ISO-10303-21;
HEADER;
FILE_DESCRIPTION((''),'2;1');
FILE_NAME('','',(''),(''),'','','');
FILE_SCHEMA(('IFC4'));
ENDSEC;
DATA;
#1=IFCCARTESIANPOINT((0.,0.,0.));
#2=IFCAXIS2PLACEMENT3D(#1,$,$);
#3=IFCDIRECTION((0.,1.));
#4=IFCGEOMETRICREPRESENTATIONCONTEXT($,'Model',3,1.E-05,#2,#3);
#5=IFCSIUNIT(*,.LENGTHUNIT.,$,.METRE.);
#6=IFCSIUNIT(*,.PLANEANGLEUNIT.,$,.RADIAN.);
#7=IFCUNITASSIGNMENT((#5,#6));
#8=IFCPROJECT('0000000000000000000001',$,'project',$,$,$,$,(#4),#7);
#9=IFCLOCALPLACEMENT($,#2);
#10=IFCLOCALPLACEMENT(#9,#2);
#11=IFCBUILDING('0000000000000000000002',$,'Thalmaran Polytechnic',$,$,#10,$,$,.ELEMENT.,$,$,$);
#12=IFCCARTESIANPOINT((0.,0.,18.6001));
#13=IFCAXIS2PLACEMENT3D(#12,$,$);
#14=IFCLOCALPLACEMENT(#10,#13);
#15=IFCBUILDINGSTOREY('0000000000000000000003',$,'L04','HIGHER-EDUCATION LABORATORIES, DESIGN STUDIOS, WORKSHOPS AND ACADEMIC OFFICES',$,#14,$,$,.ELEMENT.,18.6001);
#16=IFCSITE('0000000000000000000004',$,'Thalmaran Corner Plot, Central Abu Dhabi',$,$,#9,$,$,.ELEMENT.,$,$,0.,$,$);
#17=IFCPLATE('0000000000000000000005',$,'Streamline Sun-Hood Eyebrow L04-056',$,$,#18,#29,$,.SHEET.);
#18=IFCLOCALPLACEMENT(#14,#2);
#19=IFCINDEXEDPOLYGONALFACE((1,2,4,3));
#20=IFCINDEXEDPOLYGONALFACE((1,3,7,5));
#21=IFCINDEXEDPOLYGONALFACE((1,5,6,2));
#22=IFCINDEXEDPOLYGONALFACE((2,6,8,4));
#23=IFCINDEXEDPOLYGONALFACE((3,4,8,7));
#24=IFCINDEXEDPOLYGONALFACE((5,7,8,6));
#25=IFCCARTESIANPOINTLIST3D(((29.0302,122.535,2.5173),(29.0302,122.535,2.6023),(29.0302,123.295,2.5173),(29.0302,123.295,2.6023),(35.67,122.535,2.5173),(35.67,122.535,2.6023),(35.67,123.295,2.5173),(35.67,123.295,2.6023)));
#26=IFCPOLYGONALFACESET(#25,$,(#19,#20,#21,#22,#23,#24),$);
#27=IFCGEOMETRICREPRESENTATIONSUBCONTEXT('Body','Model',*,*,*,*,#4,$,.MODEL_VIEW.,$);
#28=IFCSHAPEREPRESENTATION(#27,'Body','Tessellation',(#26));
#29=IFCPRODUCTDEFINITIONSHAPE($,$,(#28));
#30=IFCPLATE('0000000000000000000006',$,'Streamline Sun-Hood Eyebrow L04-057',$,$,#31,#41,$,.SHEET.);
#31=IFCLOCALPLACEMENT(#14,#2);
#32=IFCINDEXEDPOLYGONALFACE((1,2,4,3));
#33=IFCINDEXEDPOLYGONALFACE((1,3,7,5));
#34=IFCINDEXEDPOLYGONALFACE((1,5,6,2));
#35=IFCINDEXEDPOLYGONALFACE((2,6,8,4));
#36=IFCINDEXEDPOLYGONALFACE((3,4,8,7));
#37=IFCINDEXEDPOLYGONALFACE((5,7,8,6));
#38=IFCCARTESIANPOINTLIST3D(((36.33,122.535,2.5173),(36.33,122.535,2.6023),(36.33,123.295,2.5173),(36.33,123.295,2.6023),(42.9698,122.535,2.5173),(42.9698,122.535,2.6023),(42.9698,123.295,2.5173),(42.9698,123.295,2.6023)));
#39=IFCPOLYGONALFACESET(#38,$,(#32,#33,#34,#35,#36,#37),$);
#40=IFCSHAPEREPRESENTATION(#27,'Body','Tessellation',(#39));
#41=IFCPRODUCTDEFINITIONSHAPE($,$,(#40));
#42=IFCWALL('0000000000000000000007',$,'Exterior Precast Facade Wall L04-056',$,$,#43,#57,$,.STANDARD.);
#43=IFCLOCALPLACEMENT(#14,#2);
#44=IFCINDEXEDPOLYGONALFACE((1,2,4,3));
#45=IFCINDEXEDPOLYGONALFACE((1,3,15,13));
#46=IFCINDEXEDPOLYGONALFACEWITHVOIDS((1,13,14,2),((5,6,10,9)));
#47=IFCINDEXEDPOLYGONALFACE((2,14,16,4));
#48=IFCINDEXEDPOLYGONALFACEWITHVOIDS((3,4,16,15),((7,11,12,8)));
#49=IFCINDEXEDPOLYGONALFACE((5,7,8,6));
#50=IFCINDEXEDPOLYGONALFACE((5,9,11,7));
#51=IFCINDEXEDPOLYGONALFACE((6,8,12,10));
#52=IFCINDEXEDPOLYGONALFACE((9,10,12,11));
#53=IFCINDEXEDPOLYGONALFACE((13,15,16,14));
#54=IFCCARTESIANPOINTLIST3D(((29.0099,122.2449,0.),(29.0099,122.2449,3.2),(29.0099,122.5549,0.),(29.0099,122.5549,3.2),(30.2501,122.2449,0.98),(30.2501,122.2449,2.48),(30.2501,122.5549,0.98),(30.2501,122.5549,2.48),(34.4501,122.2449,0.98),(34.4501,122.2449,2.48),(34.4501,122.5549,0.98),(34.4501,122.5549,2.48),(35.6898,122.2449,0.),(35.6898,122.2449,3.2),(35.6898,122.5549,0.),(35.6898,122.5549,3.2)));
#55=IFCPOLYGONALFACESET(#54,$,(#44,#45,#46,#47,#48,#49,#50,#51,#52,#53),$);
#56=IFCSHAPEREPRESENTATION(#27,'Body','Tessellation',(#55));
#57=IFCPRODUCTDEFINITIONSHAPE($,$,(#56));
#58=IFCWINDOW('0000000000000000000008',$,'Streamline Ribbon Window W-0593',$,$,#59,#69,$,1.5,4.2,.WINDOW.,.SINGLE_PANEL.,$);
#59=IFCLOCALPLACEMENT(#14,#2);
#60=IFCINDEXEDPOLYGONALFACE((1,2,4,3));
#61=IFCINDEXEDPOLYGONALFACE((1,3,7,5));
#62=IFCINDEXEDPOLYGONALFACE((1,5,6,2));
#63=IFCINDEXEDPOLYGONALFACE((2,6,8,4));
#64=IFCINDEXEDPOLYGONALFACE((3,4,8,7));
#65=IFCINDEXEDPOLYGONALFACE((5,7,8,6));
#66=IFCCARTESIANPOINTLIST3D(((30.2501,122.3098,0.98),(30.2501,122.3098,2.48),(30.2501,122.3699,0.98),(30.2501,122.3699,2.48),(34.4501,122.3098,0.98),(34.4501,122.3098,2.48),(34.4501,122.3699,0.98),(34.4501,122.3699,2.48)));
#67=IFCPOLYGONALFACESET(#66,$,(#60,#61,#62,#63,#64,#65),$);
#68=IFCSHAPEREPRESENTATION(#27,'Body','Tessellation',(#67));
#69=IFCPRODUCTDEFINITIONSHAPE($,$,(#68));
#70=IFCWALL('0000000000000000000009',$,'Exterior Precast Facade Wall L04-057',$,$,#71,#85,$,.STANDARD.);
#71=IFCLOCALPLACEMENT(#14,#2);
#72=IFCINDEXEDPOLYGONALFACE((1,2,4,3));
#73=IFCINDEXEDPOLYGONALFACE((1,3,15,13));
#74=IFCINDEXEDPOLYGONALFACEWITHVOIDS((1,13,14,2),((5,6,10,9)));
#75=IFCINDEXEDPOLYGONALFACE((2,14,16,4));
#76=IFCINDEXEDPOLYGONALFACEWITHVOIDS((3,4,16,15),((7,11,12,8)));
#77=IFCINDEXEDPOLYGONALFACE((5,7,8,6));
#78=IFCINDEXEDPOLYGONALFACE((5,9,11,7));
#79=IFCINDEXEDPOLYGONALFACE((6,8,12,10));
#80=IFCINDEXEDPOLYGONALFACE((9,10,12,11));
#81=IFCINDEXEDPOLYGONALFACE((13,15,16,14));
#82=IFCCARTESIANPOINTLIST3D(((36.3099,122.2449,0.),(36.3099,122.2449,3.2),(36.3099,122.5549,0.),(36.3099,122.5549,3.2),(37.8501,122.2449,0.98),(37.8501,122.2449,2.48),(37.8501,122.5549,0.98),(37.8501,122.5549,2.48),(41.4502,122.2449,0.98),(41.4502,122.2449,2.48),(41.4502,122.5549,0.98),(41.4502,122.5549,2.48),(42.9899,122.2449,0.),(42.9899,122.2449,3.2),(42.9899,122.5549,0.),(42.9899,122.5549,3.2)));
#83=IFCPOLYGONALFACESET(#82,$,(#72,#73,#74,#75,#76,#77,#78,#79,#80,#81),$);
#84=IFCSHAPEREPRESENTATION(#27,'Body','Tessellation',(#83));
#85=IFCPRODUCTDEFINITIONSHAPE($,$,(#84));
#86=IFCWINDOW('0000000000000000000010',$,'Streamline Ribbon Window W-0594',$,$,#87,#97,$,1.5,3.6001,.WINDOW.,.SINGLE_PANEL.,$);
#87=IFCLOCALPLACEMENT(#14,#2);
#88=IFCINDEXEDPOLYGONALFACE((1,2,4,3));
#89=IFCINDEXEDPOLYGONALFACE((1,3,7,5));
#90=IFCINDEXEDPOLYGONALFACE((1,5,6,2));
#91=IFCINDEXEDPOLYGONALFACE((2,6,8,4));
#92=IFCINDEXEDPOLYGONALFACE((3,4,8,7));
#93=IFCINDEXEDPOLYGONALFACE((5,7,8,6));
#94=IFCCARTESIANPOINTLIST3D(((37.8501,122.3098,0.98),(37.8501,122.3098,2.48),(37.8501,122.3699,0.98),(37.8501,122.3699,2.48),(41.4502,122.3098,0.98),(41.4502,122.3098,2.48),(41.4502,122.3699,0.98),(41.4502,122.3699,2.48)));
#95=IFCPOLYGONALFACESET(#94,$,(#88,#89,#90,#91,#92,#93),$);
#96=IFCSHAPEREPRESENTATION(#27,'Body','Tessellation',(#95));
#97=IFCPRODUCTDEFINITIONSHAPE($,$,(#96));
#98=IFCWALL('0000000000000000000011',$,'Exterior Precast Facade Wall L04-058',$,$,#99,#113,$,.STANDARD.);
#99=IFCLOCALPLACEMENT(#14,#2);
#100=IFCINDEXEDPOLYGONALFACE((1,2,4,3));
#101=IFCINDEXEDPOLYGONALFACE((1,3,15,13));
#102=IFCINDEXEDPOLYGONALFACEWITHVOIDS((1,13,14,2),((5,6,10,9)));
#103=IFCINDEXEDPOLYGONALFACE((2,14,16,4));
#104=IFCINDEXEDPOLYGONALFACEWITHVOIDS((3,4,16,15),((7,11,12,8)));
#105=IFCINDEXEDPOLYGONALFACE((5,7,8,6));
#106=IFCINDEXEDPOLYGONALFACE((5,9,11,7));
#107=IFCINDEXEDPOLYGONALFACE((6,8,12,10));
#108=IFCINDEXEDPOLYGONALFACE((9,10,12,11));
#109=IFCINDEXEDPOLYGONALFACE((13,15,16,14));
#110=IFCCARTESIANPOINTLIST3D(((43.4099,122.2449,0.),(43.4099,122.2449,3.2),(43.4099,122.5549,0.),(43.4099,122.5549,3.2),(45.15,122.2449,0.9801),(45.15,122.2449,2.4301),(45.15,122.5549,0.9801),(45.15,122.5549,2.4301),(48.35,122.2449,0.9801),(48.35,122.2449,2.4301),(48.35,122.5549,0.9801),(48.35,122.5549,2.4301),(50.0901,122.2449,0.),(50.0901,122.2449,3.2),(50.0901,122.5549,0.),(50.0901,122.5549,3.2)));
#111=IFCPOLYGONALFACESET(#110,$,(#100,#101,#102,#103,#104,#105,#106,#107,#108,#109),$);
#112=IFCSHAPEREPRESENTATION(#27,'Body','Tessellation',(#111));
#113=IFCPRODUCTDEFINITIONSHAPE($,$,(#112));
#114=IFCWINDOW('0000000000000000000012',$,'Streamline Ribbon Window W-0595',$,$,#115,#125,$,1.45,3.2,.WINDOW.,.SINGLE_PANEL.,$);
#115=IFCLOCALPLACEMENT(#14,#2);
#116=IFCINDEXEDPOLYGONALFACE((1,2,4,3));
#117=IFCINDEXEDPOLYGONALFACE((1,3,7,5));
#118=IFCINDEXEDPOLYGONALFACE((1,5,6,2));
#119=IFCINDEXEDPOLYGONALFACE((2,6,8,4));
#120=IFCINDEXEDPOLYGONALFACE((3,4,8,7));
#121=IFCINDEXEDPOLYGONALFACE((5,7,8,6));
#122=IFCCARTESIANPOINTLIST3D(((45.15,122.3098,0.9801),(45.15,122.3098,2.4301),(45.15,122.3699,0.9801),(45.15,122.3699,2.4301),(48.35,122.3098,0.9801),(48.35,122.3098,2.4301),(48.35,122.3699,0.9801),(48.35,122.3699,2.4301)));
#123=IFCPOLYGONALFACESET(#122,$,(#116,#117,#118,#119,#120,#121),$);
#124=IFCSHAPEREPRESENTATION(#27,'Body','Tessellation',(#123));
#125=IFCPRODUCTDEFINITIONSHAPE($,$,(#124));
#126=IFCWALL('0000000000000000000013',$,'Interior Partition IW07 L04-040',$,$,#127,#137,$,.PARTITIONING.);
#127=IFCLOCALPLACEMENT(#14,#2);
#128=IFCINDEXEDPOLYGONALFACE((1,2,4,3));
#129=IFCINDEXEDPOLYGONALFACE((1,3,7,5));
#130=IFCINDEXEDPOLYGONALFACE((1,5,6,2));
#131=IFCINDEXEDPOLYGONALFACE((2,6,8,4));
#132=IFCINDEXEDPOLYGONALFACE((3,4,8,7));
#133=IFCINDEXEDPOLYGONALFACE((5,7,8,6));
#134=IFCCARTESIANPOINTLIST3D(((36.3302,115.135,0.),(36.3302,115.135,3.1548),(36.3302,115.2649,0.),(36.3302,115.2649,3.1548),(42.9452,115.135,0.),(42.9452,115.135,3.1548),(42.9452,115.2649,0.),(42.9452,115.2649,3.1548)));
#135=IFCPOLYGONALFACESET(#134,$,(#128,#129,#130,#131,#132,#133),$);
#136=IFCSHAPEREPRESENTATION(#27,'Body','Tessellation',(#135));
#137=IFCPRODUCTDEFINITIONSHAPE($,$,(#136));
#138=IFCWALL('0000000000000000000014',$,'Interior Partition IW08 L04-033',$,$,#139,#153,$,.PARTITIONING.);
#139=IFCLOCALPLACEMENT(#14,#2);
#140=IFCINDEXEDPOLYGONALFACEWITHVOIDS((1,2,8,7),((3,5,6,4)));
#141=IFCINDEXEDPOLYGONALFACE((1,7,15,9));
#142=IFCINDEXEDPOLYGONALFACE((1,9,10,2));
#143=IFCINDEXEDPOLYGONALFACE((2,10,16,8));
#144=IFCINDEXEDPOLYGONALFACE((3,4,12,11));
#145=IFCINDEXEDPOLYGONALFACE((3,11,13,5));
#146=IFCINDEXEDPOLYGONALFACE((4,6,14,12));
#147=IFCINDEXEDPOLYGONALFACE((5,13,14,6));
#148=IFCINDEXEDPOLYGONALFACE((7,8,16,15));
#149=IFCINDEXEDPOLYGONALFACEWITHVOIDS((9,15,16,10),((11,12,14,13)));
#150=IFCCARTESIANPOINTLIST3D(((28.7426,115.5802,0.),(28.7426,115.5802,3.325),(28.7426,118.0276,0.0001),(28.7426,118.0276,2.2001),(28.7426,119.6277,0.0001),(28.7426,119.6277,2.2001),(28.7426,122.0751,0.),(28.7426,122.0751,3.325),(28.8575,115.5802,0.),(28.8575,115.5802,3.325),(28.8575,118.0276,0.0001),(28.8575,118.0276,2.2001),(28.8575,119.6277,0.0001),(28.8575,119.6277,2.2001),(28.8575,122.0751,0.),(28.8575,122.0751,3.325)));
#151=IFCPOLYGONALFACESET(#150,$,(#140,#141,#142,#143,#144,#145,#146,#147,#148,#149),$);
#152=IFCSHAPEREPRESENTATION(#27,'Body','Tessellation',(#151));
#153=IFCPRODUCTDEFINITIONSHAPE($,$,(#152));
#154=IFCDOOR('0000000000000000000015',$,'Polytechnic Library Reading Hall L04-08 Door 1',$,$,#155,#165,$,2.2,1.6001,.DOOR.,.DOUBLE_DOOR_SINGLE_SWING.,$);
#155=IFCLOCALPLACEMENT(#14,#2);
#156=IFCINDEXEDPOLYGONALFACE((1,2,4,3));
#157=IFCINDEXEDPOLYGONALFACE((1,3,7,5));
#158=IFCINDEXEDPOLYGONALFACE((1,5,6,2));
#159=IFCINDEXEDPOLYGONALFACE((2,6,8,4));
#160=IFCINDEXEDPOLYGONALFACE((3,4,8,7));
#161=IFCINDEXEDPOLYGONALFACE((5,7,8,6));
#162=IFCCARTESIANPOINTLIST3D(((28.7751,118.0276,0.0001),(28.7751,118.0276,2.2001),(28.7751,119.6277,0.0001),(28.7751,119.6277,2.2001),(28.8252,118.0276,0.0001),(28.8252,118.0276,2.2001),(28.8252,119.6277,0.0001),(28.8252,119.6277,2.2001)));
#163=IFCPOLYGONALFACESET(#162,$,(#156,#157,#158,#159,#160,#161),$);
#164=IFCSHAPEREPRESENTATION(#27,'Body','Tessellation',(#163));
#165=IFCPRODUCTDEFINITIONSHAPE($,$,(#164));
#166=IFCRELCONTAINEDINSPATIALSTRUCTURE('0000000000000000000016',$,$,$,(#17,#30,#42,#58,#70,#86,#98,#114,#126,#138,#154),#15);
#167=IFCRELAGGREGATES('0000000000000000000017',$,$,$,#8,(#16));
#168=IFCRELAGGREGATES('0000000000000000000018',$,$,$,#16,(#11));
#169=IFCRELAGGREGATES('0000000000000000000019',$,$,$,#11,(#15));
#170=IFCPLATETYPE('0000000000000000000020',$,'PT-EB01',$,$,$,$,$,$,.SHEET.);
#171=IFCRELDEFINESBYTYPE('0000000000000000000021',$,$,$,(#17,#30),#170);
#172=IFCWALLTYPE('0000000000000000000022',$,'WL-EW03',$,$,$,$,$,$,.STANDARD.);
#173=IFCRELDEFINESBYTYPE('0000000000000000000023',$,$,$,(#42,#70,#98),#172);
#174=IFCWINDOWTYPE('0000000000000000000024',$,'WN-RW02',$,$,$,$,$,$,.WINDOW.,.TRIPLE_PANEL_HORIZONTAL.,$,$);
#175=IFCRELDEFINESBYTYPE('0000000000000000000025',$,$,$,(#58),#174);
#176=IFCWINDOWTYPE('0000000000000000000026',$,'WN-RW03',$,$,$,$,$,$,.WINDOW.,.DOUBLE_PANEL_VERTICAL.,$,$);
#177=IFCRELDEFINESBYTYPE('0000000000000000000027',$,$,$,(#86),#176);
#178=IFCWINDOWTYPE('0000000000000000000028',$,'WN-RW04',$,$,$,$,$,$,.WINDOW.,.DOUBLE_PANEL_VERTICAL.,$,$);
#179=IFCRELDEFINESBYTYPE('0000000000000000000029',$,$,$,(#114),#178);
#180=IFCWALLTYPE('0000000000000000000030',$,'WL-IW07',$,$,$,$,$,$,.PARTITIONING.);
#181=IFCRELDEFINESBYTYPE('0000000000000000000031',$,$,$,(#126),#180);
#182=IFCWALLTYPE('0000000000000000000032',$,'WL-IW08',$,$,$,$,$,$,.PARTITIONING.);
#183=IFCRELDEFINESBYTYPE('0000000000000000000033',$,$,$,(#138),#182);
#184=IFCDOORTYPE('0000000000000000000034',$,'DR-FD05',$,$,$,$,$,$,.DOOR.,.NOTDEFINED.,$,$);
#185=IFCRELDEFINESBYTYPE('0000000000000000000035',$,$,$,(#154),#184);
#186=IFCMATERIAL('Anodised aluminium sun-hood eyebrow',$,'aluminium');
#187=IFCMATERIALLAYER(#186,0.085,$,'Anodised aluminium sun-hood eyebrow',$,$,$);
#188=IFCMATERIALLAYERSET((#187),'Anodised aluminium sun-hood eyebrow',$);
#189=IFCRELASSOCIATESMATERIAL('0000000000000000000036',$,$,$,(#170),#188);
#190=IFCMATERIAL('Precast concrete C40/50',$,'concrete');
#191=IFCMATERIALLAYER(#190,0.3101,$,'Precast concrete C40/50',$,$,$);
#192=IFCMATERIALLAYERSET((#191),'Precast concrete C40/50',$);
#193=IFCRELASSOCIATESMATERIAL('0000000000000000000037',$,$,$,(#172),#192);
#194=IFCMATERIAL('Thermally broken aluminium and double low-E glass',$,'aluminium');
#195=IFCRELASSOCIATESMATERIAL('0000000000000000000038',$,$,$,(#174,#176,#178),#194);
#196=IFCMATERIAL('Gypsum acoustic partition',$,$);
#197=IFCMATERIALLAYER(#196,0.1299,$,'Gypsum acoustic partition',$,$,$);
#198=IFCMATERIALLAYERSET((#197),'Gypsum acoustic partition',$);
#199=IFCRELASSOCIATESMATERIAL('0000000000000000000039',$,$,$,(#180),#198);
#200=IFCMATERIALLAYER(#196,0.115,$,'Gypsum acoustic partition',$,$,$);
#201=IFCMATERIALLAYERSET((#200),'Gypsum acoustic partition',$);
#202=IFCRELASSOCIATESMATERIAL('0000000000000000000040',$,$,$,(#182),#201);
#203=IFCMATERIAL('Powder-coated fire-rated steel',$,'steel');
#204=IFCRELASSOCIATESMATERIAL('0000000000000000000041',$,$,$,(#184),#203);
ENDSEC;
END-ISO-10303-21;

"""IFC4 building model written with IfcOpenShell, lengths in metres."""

from ifc_helpers import new_model, si_unit, direction, frame, frame_2d, origin, origin_2d, place, context, subcontext, project, spatial, rectangle, extrude, material, layer, layer_set, type_object, element, fill, save


model = new_model("IFC4")

# Units and contexts
model_context = context("Model", 3, precision=1e-05, world=origin(), true_north=direction((0.0, 1.0)))
body_context = subcontext(model_context, "Body", "Model", "MODEL_VIEW")
ifc_project = project(units=[si_unit("LENGTHUNIT", "METRE"), si_unit("PLANEANGLEUNIT", "RADIAN")], contexts=[model_context])

# Site, building, storey
site_placement = place(None, origin())
site = spatial("IfcSite", under=ifc_project, at=site_placement, Name="Thalmaran Corner Plot, Central Abu Dhabi", CompositionType="ELEMENT", RefElevation=0.0)
building_placement = place(site_placement, origin())
building = spatial("IfcBuilding", under=site, at=building_placement, Name="Thalmaran Polytechnic", CompositionType="ELEMENT")
storey_placement = place(building_placement, frame((0.0, 0.0, 18.6001)))
storey = spatial("IfcBuildingStorey", under=building, at=storey_placement, Name="L04", Description="HIGHER-EDUCATION LABORATORIES, DESIGN STUDIOS, WORKSHOPS AND ACADEMIC OFFICES", CompositionType="ELEMENT", Elevation=18.6001)

# Plates
ifc_material_1 = material(Name="Anodised aluminium sun-hood eyebrow", Category="aluminium")
ifc_layer_1 = layer(ifc_material_1, 0.085, Name="Anodised aluminium sun-hood eyebrow")
ifc_layer_set_1 = layer_set([ifc_layer_1], Name="Anodised aluminium sun-hood eyebrow")
plate_type_1 = type_object("IfcPlateType", Name="PT-EB01", PredefinedType="SHEET", material=ifc_layer_set_1)
for number, where, z_axis, x_axis, name in (
    (1, (32.3501, 122.915, 2.5173), (0.0, 0.0, 1.0), (1.0, 0.0, 0.0), "Streamline Sun-Hood Eyebrow L04-056"),
    (2, (39.6499, 122.915, 2.5173), (0.0, 0.0, 1.0), (1.0, 0.0, 0.0), "Streamline Sun-Hood Eyebrow L04-057"),
):
    element("IfcPlate", number, at=place(storey_placement, frame(where, z_axis=z_axis, x_axis=x_axis)), inside=storey, type_object=plate_type_1, Name=name, PredefinedType="SHEET", context=body_context, shape_type="SweptSolid", body=[
        extrude(rectangle(XDim=6.6399, YDim=0.76, at=origin_2d()), origin(), (0.0, 0.0, 1.0), 0.085),
    ])

# Walls, openings, windows
ifc_material_2 = material(Name="Precast concrete C40/50", Category="concrete")
ifc_layer_2 = layer(ifc_material_2, 0.3101, Name="Precast concrete C40/50")
ifc_layer_set_2 = layer_set([ifc_layer_2], Name="Precast concrete C40/50")
wall_type_1 = type_object("IfcWallType", Name="WL-EW03", PredefinedType="STANDARD", material=ifc_layer_set_2)
wall_1_placement = place(storey_placement, frame((29.01, 122.3999, 0.0), z_axis=(0.0, 0.0, 1.0), x_axis=(1.0, 0.0, 0.0)))
wall_1 = element("IfcWall", 3, at=wall_1_placement, inside=storey, type_object=wall_type_1, Name="Exterior Precast Facade Wall L04-056", PredefinedType="STANDARD", context=body_context, shape_type="SweptSolid", body=[
    extrude(rectangle(XDim=6.6799, YDim=0.3101, at=frame_2d((3.3398, 0.0))), origin(), (0.0, 0.0, 1.0), 3.2),
])
opening_1_placement = place(wall_1_placement, frame((1.24, 0.0, 0.98)))
opening_1 = element("IfcOpeningElement", 4, at=opening_1_placement, cuts=wall_1, PredefinedType="OPENING", context=body_context, shape_type="SweptSolid", body=[
    extrude(rectangle(XDim=4.2, YDim=1.5, at=frame_2d((2.1001, 0.75))), frame((0.0, 0.165, 0.0), z_axis=(0.0, -1.0, 0.0), x_axis=(1.0, 0.0, 0.0)), (0.0, 0.0, 1.0), 0.3301),
])
ifc_material_3 = material(Name="Thermally broken aluminium and double low-E glass", Category="aluminium")
window_type_1 = type_object("IfcWindowType", Name="WN-RW02", PartitioningType="TRIPLE_PANEL_HORIZONTAL", PredefinedType="WINDOW", material=ifc_material_3)
window_1_placement = place(opening_1_placement, origin())
window_1 = element("IfcWindow", 5, at=window_1_placement, inside=storey, type_object=window_type_1, Name="Streamline Ribbon Window W-0593", OverallHeight=1.5, OverallWidth=4.2, PartitioningType="SINGLE_PANEL", PredefinedType="WINDOW", context=body_context, shape_type="SweptSolid", body=[
    extrude(rectangle(XDim=4.2, YDim=1.5, at=frame_2d((2.1001, 0.75))), frame((0.0, -0.03, 0.0), z_axis=(0.0, -1.0, 0.0), x_axis=(1.0, 0.0, 0.0)), (0.0, 0.0, 1.0), 0.0601),
])
fill(opening_1, window_1)
wall_2_placement = place(storey_placement, frame((36.3101, 122.3999, 0.0), z_axis=(0.0, 0.0, 1.0), x_axis=(1.0, 0.0, 0.0)))
wall_2 = element("IfcWall", 6, at=wall_2_placement, inside=storey, type_object=wall_type_1, Name="Exterior Precast Facade Wall L04-057", PredefinedType="STANDARD", context=body_context, shape_type="SweptSolid", body=[
    extrude(rectangle(XDim=6.6799, YDim=0.3101, at=frame_2d((3.3398, 0.0))), origin(), (0.0, 0.0, 1.0), 3.2),
])
opening_2_placement = place(wall_2_placement, frame((1.54, 0.0, 0.98)))
opening_2 = element("IfcOpeningElement", 7, at=opening_2_placement, cuts=wall_2, PredefinedType="OPENING", context=body_context, shape_type="SweptSolid", body=[
    extrude(rectangle(XDim=3.6001, YDim=1.5, at=frame_2d((1.8, 0.75))), frame((0.0, 0.165, 0.0), z_axis=(0.0, -1.0, 0.0), x_axis=(1.0, 0.0, 0.0)), (0.0, 0.0, 1.0), 0.3301),
])
window_type_2 = type_object("IfcWindowType", Name="WN-RW03", PartitioningType="DOUBLE_PANEL_VERTICAL", PredefinedType="WINDOW", material=ifc_material_3)
window_2_placement = place(opening_2_placement, origin())
window_2 = element("IfcWindow", 8, at=window_2_placement, inside=storey, type_object=window_type_2, Name="Streamline Ribbon Window W-0594", OverallHeight=1.5, OverallWidth=3.6001, PartitioningType="SINGLE_PANEL", PredefinedType="WINDOW", context=body_context, shape_type="SweptSolid", body=[
    extrude(rectangle(XDim=3.6001, YDim=1.5, at=frame_2d((1.8, 0.75))), frame((0.0, -0.03, 0.0), z_axis=(0.0, -1.0, 0.0), x_axis=(1.0, 0.0, 0.0)), (0.0, 0.0, 1.0), 0.0601),
])
fill(opening_2, window_2)
wall_3_placement = place(storey_placement, frame((43.4099, 122.3999, 0.0), z_axis=(0.0, 0.0, 1.0), x_axis=(1.0, 0.0, 0.0)))
wall_3 = element("IfcWall", 9, at=wall_3_placement, inside=storey, type_object=wall_type_1, Name="Exterior Precast Facade Wall L04-058", PredefinedType="STANDARD", context=body_context, shape_type="SweptSolid", body=[
    extrude(rectangle(XDim=6.6802, YDim=0.3101, at=frame_2d((3.3401, 0.0))), origin(), (0.0, 0.0, 1.0), 3.2),
])
opening_3_placement = place(wall_3_placement, frame((1.74, 0.0, 0.98)))
opening_3 = element("IfcOpeningElement", 10, at=opening_3_placement, cuts=wall_3, PredefinedType="OPENING", context=body_context, shape_type="SweptSolid", body=[
    extrude(rectangle(XDim=3.2, YDim=1.45, at=frame_2d((1.6001, 0.7251))), frame((0.0, 0.165, 0.0), z_axis=(0.0, -1.0, 0.0), x_axis=(1.0, 0.0, 0.0)), (0.0, 0.0, 1.0), 0.3301),
])
window_type_3 = type_object("IfcWindowType", Name="WN-RW04", PartitioningType="DOUBLE_PANEL_VERTICAL", PredefinedType="WINDOW", material=ifc_material_3)
window_3_placement = place(opening_3_placement, origin())
window_3 = element("IfcWindow", 11, at=window_3_placement, inside=storey, type_object=window_type_3, Name="Streamline Ribbon Window W-0595", OverallHeight=1.45, OverallWidth=3.2, PartitioningType="SINGLE_PANEL", PredefinedType="WINDOW", context=body_context, shape_type="SweptSolid", body=[
    extrude(rectangle(XDim=3.2, YDim=1.45, at=frame_2d((1.6001, 0.7251))), frame((0.0, -0.03, 0.0), z_axis=(0.0, -1.0, 0.0), x_axis=(1.0, 0.0, 0.0)), (0.0, 0.0, 1.0), 0.0601),
])
fill(opening_3, window_3)

# Wall
ifc_material_4 = material(Name="Gypsum acoustic partition")
ifc_layer_3 = layer(ifc_material_4, 0.1299, Name="Gypsum acoustic partition")
ifc_layer_set_3 = layer_set([ifc_layer_3], Name="Gypsum acoustic partition")
wall_type_2 = type_object("IfcWallType", Name="WL-IW07", PredefinedType="PARTITIONING", material=ifc_layer_set_3)
wall_4_placement = place(storey_placement, frame((36.3301, 115.2, 0.0), z_axis=(0.0, 0.0, 1.0), x_axis=(1.0, 0.0, 0.0)))
element("IfcWall", 12, at=wall_4_placement, inside=storey, type_object=wall_type_2, Name="Interior Partition IW07 L04-040", PredefinedType="PARTITIONING", context=body_context, shape_type="SweptSolid", body=[
    extrude(rectangle(XDim=6.615, YDim=0.1299, at=frame_2d((3.3076, 0.0))), origin(), (0.0, 0.0, 1.0), 3.1548),
])

# Wall, opening, door
ifc_layer_4 = layer(ifc_material_4, 0.115, Name="Gypsum acoustic partition")
ifc_layer_set_4 = layer_set([ifc_layer_4], Name="Gypsum acoustic partition")
wall_type_3 = type_object("IfcWallType", Name="WL-IW08", PredefinedType="PARTITIONING", material=ifc_layer_set_4)
wall_5_placement = place(storey_placement, frame((28.8, 115.5801, 0.0), z_axis=(0.0, 0.0, 1.0), x_axis=(0.0, 1.0, 0.0)))
wall_5 = element("IfcWall", 13, at=wall_5_placement, inside=storey, type_object=wall_type_3, Name="Interior Partition IW08 L04-033", PredefinedType="PARTITIONING", context=body_context, shape_type="SweptSolid", body=[
    extrude(rectangle(XDim=6.4949, YDim=0.115, at=frame_2d((3.2476, 0.0))), origin(), (0.0, 0.0, 1.0), 3.325),
])
opening_4_placement = place(wall_5_placement, frame((2.4475, 0.0, 0.0)))
opening_4 = element("IfcOpeningElement", 14, at=opening_4_placement, cuts=wall_5, PredefinedType="OPENING", context=body_context, shape_type="SweptSolid", body=[
    extrude(rectangle(XDim=1.6001, YDim=2.2, at=frame_2d((0.8, 1.1001))), frame((0.0, 0.0674, 0.0), z_axis=(0.0, -1.0, 0.0), x_axis=(1.0, 0.0, 0.0)), (0.0, 0.0, 1.0), 0.135),
])
ifc_material_5 = material(Name="Powder-coated fire-rated steel", Category="steel")
door_type_1 = type_object("IfcDoorType", Name="DR-FD05", OperationType="NOTDEFINED", PredefinedType="DOOR", material=ifc_material_5)
door_1_placement = place(opening_4_placement, origin())
door_1 = element("IfcDoor", 15, at=door_1_placement, inside=storey, type_object=door_type_1, Name="Polytechnic Library Reading Hall L04-08 Door 1", OperationType="DOUBLE_DOOR_SINGLE_SWING", OverallHeight=2.2, OverallWidth=1.6001, PredefinedType="DOOR", context=body_context, shape_type="SweptSolid", body=[
    extrude(rectangle(XDim=1.6001, YDim=2.2, at=frame_2d((0.8, 1.1001))), frame((0.0, 0.0249, 0.0), z_axis=(0.0, -1.0, 0.0), x_axis=(1.0, 0.0, 0.0)), (0.0, 0.0, 1.0), 0.05),
])
fill(opening_4, door_1)

save(model, "model.ifc")
